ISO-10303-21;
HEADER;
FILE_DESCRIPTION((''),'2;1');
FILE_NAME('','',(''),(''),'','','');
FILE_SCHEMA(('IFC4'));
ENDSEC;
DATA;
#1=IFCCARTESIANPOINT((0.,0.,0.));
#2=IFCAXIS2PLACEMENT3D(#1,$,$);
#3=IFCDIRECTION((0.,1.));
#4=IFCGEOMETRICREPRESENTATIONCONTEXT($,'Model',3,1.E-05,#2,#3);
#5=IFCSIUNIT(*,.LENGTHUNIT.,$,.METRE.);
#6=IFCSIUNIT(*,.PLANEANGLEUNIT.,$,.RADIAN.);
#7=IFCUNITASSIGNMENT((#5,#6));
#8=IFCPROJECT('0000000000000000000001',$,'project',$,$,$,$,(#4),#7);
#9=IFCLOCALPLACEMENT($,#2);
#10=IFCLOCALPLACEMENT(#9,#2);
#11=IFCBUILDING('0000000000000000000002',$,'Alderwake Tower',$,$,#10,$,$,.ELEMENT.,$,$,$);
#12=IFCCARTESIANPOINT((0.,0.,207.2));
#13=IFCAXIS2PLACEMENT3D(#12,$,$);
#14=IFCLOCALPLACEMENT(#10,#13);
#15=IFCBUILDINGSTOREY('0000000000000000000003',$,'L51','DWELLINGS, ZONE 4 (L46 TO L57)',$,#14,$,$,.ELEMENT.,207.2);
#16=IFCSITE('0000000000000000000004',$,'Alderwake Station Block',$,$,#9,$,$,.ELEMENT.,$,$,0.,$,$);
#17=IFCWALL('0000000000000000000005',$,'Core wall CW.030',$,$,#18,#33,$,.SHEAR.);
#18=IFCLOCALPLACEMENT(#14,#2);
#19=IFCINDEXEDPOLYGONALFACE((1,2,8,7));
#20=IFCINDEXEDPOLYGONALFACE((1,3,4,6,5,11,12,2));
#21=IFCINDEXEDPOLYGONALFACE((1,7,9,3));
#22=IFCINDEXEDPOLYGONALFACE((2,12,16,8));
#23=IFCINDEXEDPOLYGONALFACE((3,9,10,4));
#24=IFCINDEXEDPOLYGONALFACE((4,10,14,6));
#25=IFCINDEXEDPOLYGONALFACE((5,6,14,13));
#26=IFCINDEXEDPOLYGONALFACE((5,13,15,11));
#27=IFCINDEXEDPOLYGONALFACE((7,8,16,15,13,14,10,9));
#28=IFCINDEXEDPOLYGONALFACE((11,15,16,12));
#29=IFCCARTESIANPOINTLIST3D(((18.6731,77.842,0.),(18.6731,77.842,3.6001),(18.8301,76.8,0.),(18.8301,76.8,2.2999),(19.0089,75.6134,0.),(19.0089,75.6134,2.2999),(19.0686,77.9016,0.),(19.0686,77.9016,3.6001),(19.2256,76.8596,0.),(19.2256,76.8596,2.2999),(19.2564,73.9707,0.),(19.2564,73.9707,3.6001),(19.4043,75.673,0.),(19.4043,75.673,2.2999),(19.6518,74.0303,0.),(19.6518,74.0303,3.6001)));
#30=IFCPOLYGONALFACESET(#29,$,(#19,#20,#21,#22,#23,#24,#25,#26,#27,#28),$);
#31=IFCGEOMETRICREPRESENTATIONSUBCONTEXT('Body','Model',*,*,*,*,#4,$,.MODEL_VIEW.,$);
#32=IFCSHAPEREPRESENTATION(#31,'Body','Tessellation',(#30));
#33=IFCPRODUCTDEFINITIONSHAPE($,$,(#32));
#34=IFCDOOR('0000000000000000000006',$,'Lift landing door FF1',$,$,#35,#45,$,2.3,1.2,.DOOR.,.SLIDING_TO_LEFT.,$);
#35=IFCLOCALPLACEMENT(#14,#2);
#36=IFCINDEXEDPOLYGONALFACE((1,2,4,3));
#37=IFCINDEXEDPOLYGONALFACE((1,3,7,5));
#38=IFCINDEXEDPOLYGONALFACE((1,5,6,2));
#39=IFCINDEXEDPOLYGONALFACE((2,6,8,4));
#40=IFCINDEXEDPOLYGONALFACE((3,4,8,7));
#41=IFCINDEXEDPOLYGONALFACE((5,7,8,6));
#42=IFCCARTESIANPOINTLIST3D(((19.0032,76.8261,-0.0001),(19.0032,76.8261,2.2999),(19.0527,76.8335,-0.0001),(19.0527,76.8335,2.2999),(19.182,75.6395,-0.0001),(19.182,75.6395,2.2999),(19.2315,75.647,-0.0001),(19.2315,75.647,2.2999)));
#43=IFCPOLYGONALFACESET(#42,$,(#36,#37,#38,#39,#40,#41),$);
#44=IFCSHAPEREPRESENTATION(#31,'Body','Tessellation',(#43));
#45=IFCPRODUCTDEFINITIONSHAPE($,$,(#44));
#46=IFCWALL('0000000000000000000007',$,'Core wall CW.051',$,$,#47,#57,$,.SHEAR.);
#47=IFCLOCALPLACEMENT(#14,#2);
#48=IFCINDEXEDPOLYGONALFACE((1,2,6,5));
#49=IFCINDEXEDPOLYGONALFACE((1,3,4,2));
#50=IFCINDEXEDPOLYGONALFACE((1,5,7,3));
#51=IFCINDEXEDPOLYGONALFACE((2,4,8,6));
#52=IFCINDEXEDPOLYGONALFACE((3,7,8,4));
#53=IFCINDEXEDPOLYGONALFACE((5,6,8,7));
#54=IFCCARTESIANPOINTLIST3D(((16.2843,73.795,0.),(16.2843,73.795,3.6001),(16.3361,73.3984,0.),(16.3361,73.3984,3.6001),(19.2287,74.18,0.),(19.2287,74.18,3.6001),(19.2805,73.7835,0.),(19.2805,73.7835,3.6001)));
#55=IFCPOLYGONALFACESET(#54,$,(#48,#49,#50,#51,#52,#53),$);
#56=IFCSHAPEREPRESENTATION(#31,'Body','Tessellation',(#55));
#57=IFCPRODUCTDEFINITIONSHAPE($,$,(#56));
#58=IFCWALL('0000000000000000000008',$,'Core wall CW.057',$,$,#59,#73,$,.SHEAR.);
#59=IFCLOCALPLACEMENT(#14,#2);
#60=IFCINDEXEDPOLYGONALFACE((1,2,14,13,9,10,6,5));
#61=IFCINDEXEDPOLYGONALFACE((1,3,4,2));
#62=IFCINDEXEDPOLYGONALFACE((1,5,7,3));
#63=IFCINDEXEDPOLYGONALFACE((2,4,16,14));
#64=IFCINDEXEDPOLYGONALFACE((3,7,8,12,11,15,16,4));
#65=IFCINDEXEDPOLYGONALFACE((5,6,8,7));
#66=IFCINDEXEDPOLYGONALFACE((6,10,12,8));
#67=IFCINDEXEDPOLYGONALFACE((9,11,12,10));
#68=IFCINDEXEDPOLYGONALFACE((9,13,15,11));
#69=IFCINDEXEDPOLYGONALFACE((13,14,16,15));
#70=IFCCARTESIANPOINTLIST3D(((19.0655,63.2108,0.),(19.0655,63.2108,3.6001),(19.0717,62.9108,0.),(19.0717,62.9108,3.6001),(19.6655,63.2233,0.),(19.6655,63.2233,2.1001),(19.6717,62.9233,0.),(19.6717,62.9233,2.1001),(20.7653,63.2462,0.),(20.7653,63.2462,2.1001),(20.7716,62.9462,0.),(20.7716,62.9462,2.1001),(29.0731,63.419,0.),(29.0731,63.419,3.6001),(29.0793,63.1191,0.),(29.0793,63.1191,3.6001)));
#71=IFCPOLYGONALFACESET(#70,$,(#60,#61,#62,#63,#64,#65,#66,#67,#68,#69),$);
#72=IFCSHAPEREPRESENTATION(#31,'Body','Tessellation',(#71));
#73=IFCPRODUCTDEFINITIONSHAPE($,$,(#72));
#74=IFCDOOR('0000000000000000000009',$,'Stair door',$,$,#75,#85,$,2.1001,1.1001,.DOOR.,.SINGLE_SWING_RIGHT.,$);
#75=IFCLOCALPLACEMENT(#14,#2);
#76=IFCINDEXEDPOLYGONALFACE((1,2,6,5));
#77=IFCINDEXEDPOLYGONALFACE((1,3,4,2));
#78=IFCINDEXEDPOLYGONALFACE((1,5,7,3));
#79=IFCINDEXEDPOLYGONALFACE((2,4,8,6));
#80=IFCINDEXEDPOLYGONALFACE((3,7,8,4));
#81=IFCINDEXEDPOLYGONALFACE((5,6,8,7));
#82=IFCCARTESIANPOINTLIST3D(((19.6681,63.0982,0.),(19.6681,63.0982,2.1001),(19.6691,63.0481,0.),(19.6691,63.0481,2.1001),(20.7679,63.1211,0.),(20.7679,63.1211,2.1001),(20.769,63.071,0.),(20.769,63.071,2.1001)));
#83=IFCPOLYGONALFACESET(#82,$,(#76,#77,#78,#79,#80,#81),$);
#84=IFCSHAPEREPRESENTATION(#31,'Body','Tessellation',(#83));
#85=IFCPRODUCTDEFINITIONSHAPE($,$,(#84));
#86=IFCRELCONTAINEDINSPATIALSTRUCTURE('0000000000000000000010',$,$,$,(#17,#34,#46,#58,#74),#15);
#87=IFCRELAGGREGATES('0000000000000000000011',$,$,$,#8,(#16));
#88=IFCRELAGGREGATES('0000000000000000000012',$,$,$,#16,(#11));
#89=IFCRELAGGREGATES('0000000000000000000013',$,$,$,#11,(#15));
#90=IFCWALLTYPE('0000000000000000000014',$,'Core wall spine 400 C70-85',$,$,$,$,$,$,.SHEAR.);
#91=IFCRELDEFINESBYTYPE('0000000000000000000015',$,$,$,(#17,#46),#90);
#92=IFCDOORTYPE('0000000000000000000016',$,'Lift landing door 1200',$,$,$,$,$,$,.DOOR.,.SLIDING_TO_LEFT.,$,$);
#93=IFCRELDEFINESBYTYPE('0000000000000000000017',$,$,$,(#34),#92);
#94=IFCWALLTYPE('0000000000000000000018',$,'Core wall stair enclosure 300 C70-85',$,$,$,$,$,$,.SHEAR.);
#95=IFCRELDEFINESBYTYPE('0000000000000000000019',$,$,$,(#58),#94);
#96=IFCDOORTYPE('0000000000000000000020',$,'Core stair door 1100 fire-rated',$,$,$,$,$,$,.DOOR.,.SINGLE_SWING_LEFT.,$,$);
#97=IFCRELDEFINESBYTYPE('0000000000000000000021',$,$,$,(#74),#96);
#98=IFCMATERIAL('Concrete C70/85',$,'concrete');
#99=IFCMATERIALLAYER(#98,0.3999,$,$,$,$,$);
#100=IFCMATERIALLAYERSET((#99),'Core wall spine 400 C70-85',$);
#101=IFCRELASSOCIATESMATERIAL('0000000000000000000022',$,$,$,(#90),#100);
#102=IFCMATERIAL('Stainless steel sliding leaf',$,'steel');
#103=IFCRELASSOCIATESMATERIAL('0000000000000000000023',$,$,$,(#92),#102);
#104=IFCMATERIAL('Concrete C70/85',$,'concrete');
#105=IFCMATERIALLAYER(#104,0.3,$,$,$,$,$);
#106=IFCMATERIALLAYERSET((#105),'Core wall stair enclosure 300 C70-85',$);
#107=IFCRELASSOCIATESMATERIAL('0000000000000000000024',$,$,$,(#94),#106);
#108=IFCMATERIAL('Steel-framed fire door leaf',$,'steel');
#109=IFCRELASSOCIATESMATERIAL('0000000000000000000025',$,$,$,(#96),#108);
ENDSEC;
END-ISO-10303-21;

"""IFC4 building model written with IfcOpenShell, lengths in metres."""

from ifc_helpers import new_model, si_unit, direction, frame, frame_2d, origin, place, context, subcontext, project, spatial, rectangle, extrude, material, layer, layer_set, type_object, element, fill, save


model = new_model("IFC4")

# Units and contexts
model_context = context("Model", 3, precision=1e-05, world=origin(), true_north=direction((0.0, 1.0)))
body_context = subcontext(model_context, "Body", "Model", "MODEL_VIEW")
ifc_project = project(units=[si_unit("LENGTHUNIT", "METRE"), si_unit("PLANEANGLEUNIT", "RADIAN")], contexts=[model_context])

# Site, building, storey
site_placement = place(None, origin())
site = spatial("IfcSite", under=ifc_project, at=site_placement, Name="Alderwake Station Block", CompositionType="ELEMENT", RefElevation=0.0)
building_placement = place(site_placement, origin())
building = spatial("IfcBuilding", under=site, at=building_placement, Name="Alderwake Tower", CompositionType="ELEMENT")
storey_placement = place(building_placement, frame((0.0, 0.0, 207.2)))
storey = spatial("IfcBuildingStorey", under=building, at=storey_placement, Name="L51", Description="DWELLINGS, ZONE 4 (L46 TO L57)", CompositionType="ELEMENT", Elevation=207.2)

# Shared definitions
ifc_material_1 = material(Name="Concrete C70/85", Category="concrete")
ifc_layer_1 = layer(ifc_material_1, 0.3999)
ifc_layer_set_1 = layer_set([ifc_layer_1], Name="Core wall spine 400 C70-85")
wall_type_1 = type_object("IfcWallType", Name="Core wall spine 400 C70-85", PredefinedType="SHEAR", material=ifc_layer_set_1)

# Wall, opening, door
wall_1_placement = place(storey_placement, frame((19.4541, 74.0005, 0.0), z_axis=(0.0, 0.0, 1.0), x_axis=(-0.148978, 0.988841, 0.0)))
wall_1 = element("IfcWall", 1, at=wall_1_placement, inside=storey, type_object=wall_type_1, Name="Core wall CW.030", PredefinedType="SHEAR", context=body_context, shape_type="SweptSolid", body=[
    extrude(rectangle(XDim=3.915, YDim=0.3999, at=frame_2d((1.9575, 0.0))), origin(), (0.0, 0.0, 1.0), 3.6001),
])
opening_1_placement = place(wall_1_placement, frame((1.6611, 0.0, 0.0)))
opening_1 = element("IfcOpeningElement", 2, at=opening_1_placement, cuts=wall_1, PredefinedType="OPENING", context=body_context, shape_type="SweptSolid", body=[
    extrude(rectangle(XDim=1.2, YDim=2.3, at=frame_2d((0.6001, 1.1499))), frame((0.0, 0.21, 0.0), z_axis=(0.0, -1.0, 0.0), x_axis=(1.0, 0.0, 0.0)), (0.0, 0.0, 1.0), 0.4199),
])
ifc_material_2 = material(Name="Stainless steel sliding leaf", Category="steel")
door_type_1 = type_object("IfcDoorType", Name="Lift landing door 1200", OperationType="SLIDING_TO_LEFT", PredefinedType="DOOR", material=ifc_material_2)
door_1_placement = place(opening_1_placement, origin())
door_1 = element("IfcDoor", 3, at=door_1_placement, inside=storey, type_object=door_type_1, Name="Lift landing door FF1", OperationType="SLIDING_TO_LEFT", OverallHeight=2.3, OverallWidth=1.2, PredefinedType="DOOR", context=body_context, shape_type="SweptSolid", body=[
    extrude(rectangle(XDim=1.2, YDim=2.3, at=frame_2d((0.6001, 1.1499))), frame((0.0, 0.0249, 0.0), z_axis=(0.0, -1.0, 0.0), x_axis=(1.0, 0.0, 0.0)), (0.0, 0.0, 1.0), 0.05),
])
fill(opening_1, door_1)

# Wall
wall_2_placement = place(storey_placement, frame((16.3101, 73.5967, 0.0), z_axis=(0.0, 0.0, 1.0), x_axis=(0.991559, 0.129659, 0.0)))
element("IfcWall", 4, at=wall_2_placement, inside=storey, type_object=wall_type_1, Name="Core wall CW.051", PredefinedType="SHEAR", context=body_context, shape_type="SweptSolid", body=[
    extrude(rectangle(XDim=2.9695, YDim=0.3999, at=frame_2d((1.4849, 0.0))), origin(), (0.0, 0.0, 1.0), 3.6001),
])

# Wall, opening, door
ifc_material_3 = material(Name="Concrete C70/85", Category="concrete")
ifc_layer_2 = layer(ifc_material_3, 0.3)
ifc_layer_set_2 = layer_set([ifc_layer_2], Name="Core wall stair enclosure 300 C70-85")
wall_type_2 = type_object("IfcWallType", Name="Core wall stair enclosure 300 C70-85", PredefinedType="SHEAR", material=ifc_layer_set_2)
wall_3_placement = place(storey_placement, frame((19.0686, 63.0608, 0.0), z_axis=(0.0, 0.0, 1.0), x_axis=(0.999784, 0.020805, 0.0)))
wall_3 = element("IfcWall", 5, at=wall_3_placement, inside=storey, type_object=wall_type_2, Name="Core wall CW.057", PredefinedType="SHEAR", context=body_context, shape_type="SweptSolid", body=[
    extrude(rectangle(XDim=10.0098, YDim=0.3, at=frame_2d((5.0049, 0.0))), origin(), (0.0, 0.0, 1.0), 3.6001),
])
opening_2_placement = place(wall_3_placement, frame((0.6001, 0.0, 0.0)))
opening_2 = element("IfcOpeningElement", 6, at=opening_2_placement, cuts=wall_3, PredefinedType="OPENING", context=body_context, shape_type="SweptSolid", body=[
    extrude(rectangle(XDim=1.1001, YDim=2.1001, at=frame_2d((0.55, 1.05))), frame((0.0, 0.1599, 0.0), z_axis=(0.0, -1.0, 0.0), x_axis=(1.0, 0.0, 0.0)), (0.0, 0.0, 1.0), 0.3201),
])
ifc_material_4 = material(Name="Steel-framed fire door leaf", Category="steel")
door_type_2 = type_object("IfcDoorType", Name="Core stair door 1100 fire-rated", OperationType="SINGLE_SWING_LEFT", PredefinedType="DOOR", material=ifc_material_4)
door_2_placement = place(opening_2_placement, origin())
door_2 = element("IfcDoor", 7, at=door_2_placement, inside=storey, type_object=door_type_2, Name="Stair door", OperationType="SINGLE_SWING_RIGHT", OverallHeight=2.1001, OverallWidth=1.1001, PredefinedType="DOOR", context=body_context, shape_type="SweptSolid", body=[
    extrude(rectangle(XDim=1.1001, YDim=2.1001, at=frame_2d((0.55, 1.05))), frame((0.0, 0.0249, 0.0), z_axis=(0.0, -1.0, 0.0), x_axis=(1.0, 0.0, 0.0)), (0.0, 0.0, 1.0), 0.05),
])
fill(opening_2, door_2)

save(model, "model.ifc")
